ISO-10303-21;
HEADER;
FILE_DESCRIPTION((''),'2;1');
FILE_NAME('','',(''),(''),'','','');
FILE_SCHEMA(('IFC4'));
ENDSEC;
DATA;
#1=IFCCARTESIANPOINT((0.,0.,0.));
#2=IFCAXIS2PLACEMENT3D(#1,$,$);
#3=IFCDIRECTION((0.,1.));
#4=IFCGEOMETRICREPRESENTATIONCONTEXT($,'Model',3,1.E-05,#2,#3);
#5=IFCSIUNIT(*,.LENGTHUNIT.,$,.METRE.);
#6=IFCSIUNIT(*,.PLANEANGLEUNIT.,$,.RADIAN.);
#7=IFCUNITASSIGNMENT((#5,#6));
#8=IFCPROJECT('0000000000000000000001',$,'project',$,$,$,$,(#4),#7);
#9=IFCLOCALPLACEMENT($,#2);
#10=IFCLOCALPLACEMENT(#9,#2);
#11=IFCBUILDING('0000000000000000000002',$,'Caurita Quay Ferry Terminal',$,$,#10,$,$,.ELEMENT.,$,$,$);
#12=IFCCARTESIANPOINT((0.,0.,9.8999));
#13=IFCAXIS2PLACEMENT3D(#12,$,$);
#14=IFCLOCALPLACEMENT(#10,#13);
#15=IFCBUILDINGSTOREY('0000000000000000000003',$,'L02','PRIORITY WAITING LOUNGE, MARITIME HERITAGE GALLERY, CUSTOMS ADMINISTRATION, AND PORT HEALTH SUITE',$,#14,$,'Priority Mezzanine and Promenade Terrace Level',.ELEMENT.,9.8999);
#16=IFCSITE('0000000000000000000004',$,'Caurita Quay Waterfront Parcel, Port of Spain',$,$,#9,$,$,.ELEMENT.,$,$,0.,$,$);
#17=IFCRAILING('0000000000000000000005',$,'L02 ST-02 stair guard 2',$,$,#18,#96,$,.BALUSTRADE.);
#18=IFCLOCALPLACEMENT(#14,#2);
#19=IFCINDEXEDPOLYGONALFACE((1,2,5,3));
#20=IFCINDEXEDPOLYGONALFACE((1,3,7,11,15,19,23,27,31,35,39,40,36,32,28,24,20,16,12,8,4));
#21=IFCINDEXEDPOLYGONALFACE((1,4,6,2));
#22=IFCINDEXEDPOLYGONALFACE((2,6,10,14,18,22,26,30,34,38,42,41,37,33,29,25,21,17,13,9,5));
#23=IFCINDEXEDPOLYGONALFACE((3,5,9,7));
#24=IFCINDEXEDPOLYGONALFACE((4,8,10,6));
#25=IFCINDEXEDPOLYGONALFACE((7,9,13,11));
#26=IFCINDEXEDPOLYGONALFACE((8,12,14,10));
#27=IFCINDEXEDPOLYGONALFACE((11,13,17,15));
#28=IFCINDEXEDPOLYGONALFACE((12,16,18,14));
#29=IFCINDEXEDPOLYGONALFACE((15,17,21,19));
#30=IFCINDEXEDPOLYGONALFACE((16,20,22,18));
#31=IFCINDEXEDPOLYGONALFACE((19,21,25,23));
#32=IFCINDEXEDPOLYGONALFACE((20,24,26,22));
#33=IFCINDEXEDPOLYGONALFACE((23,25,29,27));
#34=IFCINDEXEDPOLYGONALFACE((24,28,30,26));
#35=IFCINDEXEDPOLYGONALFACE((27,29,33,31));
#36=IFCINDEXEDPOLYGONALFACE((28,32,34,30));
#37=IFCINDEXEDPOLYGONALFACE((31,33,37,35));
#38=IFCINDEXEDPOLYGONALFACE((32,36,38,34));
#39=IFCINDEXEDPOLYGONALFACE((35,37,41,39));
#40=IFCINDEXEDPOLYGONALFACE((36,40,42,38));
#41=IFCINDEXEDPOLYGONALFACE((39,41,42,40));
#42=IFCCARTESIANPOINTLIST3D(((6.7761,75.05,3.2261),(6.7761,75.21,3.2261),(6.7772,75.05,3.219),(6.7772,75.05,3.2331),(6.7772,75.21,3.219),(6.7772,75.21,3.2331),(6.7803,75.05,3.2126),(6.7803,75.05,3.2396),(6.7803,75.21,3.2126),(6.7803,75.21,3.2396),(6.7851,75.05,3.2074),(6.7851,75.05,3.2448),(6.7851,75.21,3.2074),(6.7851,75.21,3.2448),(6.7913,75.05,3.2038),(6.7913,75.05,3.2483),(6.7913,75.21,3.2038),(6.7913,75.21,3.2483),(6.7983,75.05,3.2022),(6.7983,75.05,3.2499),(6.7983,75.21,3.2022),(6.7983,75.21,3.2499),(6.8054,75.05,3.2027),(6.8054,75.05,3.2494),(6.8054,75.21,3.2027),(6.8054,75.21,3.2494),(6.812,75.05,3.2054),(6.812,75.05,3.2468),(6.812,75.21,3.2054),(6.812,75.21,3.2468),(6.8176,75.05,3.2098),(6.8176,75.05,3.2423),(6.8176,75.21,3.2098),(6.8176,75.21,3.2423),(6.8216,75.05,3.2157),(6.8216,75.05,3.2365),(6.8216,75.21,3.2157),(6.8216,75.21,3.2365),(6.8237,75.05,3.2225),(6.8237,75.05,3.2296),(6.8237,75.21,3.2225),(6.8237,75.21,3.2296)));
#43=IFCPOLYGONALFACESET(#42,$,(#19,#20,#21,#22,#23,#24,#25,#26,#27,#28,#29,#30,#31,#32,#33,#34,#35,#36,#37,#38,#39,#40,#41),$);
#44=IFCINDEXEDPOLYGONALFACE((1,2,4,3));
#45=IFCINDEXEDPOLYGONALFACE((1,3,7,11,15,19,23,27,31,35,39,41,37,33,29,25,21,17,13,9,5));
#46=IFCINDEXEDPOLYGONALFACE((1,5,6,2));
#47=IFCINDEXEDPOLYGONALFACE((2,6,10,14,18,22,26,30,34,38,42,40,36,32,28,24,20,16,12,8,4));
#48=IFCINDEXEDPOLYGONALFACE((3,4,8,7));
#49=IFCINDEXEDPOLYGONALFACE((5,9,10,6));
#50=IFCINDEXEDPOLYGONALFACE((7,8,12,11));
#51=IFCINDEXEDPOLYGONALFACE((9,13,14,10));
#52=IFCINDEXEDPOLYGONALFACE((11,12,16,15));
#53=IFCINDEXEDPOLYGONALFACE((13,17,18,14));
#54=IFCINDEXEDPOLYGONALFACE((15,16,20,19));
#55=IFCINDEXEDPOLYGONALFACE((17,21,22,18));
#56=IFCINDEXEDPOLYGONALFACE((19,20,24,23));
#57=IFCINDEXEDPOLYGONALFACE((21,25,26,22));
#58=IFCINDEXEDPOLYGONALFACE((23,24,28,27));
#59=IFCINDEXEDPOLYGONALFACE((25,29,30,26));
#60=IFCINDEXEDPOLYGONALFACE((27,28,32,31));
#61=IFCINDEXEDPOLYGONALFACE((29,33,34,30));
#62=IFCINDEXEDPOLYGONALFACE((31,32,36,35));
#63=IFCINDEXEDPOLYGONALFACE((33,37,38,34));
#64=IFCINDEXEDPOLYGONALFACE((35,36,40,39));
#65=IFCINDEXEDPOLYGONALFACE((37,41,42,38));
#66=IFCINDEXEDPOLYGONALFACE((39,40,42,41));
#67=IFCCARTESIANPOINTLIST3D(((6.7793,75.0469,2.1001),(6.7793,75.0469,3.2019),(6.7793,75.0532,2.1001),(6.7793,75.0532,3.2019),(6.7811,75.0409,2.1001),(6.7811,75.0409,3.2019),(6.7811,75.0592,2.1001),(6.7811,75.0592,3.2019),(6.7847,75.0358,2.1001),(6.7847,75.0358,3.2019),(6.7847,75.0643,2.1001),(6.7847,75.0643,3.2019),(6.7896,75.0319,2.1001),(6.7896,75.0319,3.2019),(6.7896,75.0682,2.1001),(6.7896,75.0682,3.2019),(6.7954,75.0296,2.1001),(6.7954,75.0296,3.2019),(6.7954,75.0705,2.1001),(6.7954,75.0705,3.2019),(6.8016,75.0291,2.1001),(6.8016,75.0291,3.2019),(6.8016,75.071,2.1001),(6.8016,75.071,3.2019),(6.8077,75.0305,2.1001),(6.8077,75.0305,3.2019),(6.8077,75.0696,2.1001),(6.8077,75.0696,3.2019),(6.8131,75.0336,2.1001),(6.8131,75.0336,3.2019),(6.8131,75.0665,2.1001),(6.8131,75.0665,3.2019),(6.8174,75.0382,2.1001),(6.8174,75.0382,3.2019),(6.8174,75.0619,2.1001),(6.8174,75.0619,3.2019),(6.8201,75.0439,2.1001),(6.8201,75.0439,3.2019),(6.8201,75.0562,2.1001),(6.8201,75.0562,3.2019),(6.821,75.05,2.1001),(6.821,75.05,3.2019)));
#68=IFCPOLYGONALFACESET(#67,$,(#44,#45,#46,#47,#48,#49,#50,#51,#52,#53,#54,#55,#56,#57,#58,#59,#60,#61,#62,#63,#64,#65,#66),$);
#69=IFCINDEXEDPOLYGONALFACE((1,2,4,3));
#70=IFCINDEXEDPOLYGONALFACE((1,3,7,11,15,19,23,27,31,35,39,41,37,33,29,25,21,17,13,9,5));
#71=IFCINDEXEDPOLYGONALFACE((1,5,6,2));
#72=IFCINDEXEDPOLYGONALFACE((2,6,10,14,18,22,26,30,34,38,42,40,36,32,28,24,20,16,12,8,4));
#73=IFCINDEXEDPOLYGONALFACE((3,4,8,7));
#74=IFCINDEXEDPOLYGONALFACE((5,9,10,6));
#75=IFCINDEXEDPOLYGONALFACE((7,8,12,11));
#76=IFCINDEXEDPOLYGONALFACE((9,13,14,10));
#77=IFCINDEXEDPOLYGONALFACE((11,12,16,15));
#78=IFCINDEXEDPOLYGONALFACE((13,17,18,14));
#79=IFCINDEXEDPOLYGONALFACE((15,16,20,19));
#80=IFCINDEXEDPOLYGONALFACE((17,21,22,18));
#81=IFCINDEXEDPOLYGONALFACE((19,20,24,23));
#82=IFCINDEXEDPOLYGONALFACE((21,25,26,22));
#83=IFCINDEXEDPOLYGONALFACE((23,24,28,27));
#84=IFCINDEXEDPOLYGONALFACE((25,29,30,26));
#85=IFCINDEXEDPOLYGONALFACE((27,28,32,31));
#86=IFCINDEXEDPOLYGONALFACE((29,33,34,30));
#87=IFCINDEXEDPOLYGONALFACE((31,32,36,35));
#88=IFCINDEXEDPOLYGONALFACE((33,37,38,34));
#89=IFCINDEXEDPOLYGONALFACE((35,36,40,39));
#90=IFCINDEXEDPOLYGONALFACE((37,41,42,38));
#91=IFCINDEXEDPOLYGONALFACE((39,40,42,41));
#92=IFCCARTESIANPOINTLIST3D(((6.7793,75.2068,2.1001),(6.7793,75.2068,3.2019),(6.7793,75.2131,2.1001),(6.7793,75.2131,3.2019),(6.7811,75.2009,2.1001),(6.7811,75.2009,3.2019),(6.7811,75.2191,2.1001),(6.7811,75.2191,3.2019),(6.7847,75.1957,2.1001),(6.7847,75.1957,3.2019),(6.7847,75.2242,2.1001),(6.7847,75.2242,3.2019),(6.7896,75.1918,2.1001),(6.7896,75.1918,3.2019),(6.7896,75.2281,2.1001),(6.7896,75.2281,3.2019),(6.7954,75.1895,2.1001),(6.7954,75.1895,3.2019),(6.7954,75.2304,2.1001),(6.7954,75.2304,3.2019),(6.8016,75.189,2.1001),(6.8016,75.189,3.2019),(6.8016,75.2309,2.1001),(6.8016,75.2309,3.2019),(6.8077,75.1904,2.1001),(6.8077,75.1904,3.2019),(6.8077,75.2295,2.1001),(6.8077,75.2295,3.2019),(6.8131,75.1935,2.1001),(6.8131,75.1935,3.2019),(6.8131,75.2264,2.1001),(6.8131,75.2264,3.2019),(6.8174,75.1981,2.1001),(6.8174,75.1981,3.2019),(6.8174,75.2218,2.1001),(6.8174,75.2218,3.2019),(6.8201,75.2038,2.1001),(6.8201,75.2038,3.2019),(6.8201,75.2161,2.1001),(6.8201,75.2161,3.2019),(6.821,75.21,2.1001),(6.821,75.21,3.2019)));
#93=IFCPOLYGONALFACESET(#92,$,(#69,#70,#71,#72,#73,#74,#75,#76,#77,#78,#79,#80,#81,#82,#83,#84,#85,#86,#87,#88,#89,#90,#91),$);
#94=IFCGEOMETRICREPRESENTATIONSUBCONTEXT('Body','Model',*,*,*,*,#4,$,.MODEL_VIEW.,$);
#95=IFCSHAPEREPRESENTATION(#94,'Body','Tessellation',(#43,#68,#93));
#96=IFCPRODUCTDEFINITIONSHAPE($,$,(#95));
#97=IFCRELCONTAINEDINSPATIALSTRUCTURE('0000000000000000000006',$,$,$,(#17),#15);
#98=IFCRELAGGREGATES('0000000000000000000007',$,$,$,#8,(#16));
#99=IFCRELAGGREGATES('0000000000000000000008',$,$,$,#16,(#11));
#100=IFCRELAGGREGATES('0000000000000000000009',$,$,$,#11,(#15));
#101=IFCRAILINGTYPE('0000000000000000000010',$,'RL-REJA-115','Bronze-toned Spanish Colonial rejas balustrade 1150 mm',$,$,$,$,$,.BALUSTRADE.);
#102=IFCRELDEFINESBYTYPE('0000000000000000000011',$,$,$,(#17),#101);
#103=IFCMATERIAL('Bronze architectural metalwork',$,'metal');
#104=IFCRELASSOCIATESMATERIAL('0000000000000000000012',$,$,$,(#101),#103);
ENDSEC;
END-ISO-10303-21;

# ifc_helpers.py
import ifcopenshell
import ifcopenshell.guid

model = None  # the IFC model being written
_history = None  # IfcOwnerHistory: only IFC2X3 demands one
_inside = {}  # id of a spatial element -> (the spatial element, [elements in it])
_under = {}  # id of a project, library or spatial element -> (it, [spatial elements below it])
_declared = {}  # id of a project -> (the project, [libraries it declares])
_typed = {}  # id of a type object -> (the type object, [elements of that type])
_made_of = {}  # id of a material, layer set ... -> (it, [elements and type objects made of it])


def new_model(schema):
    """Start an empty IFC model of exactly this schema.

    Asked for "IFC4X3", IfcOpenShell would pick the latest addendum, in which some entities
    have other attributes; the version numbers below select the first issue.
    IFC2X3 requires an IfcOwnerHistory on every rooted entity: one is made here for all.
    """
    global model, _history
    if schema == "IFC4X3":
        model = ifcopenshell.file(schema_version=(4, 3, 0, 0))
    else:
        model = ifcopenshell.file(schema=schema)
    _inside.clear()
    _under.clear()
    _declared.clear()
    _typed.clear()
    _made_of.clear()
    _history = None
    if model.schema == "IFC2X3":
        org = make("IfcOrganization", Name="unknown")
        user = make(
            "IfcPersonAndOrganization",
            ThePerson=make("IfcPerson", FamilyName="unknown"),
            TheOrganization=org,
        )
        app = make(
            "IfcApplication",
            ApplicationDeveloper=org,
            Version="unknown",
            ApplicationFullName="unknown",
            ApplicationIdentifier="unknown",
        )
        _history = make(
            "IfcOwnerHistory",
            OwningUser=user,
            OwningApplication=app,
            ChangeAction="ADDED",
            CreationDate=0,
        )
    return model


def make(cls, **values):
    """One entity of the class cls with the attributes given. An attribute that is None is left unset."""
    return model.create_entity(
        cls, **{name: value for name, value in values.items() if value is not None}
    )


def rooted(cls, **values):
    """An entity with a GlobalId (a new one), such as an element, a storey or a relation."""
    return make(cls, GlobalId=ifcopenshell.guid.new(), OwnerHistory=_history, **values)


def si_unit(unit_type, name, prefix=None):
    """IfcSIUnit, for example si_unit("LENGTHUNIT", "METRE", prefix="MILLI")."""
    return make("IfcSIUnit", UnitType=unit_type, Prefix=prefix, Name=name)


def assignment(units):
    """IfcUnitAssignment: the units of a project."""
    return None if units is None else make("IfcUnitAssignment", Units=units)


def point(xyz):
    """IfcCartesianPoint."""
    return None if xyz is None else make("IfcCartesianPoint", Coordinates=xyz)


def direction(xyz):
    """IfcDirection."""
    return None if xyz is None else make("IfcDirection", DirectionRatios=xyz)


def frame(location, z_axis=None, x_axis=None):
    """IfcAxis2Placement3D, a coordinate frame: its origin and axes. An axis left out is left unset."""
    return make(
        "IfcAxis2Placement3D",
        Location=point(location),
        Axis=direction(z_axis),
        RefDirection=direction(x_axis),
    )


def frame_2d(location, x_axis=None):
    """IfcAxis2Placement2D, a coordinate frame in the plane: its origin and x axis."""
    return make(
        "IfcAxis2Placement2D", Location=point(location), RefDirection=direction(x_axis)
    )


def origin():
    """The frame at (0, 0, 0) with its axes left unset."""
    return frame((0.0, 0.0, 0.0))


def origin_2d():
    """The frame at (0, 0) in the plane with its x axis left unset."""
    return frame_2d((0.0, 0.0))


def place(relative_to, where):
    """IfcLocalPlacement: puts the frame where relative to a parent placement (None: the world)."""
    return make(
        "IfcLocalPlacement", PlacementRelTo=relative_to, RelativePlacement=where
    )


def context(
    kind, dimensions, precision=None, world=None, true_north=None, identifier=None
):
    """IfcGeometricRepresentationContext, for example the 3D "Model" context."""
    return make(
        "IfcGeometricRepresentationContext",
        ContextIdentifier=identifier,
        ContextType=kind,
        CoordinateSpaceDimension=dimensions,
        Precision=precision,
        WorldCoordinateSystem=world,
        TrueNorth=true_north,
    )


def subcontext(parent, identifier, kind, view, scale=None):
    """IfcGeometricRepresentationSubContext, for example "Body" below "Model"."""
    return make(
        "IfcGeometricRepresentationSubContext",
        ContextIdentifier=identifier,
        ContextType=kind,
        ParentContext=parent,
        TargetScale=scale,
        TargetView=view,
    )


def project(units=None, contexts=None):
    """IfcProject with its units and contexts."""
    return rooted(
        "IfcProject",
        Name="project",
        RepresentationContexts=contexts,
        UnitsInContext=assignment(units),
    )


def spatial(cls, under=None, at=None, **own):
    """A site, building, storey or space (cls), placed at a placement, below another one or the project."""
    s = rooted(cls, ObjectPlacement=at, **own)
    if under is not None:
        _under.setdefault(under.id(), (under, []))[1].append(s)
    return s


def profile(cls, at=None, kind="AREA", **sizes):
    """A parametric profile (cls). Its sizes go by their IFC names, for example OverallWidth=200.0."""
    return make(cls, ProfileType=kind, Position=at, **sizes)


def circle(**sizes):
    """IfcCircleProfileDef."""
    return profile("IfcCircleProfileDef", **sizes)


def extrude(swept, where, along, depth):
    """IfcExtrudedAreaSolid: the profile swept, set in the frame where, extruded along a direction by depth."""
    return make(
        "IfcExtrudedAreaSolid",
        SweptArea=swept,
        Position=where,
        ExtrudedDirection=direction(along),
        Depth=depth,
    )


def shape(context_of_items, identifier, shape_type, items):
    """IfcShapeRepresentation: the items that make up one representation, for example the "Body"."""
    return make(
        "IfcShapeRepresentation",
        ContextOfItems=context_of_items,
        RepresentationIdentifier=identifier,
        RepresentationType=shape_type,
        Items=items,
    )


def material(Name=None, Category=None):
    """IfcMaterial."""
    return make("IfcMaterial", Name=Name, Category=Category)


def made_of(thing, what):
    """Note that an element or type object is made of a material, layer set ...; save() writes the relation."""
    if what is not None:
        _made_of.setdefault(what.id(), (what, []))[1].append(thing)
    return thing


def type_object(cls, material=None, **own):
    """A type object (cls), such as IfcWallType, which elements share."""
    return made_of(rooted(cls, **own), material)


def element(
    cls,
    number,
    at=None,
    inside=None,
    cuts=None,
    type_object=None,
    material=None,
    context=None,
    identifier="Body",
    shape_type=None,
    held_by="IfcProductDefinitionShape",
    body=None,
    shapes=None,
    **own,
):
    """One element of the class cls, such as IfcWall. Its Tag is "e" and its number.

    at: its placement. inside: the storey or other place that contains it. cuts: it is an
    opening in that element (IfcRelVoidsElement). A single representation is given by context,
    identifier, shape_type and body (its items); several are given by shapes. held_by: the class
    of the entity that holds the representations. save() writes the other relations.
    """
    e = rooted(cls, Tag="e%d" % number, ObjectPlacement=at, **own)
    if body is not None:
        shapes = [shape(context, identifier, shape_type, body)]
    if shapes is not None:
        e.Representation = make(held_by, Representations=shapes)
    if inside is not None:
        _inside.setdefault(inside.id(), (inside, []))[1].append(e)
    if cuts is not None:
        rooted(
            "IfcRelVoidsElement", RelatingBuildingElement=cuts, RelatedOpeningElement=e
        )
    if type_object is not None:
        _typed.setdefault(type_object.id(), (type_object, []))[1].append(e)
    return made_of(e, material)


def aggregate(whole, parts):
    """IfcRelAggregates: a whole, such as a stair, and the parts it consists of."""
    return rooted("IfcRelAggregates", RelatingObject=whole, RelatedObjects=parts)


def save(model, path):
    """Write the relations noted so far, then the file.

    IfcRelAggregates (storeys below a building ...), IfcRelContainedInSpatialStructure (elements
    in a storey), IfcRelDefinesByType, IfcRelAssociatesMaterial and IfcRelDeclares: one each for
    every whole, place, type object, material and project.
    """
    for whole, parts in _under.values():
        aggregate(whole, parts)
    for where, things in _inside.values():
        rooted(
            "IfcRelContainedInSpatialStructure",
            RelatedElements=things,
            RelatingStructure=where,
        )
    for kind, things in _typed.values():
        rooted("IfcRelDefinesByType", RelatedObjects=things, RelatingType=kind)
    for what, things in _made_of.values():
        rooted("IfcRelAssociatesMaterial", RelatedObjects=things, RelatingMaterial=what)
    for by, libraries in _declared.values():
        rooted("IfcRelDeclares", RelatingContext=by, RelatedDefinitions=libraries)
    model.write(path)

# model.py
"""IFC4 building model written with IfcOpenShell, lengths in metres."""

from ifc_helpers import new_model, si_unit, direction, frame, origin, origin_2d, place, context, subcontext, project, spatial, circle, extrude, material, type_object, element, save


model = new_model("IFC4")

# Units and contexts
model_context = context("Model", 3, precision=1e-05, world=origin(), true_north=direction((0.0, 1.0)))
body_context = subcontext(model_context, "Body", "Model", "MODEL_VIEW")
ifc_project = project(units=[si_unit("LENGTHUNIT", "METRE"), si_unit("PLANEANGLEUNIT", "RADIAN")], contexts=[model_context])

# Site, building, storey
site_placement = place(None, origin())
site = spatial("IfcSite", under=ifc_project, at=site_placement, Name="Caurita Quay Waterfront Parcel, Port of Spain", CompositionType="ELEMENT", RefElevation=0.0)
building_placement = place(site_placement, origin())
building = spatial("IfcBuilding", under=site, at=building_placement, Name="Caurita Quay Ferry Terminal", CompositionType="ELEMENT")
storey_placement = place(building_placement, frame((0.0, 0.0, 9.8999)))
storey = spatial("IfcBuildingStorey", under=building, at=storey_placement, Name="L02", Description="PRIORITY WAITING LOUNGE, MARITIME HERITAGE GALLERY, CUSTOMS ADMINISTRATION, AND PORT HEALTH SUITE", LongName="Priority Mezzanine and Promenade Terrace Level", CompositionType="ELEMENT", Elevation=9.8999)

# Railing
ifc_material_1 = material(Name="Bronze architectural metalwork", Category="metal")
railing_type_1 = type_object("IfcRailingType", Name="RL-REJA-115", Description="Bronze-toned Spanish Colonial rejas balustrade 1150 mm", PredefinedType="BALUSTRADE", material=ifc_material_1)
railing_1_placement = place(storey_placement, frame((6.8, 75.05, 2.1001)))
element("IfcRailing", 1, at=railing_1_placement, inside=storey, type_object=railing_type_1, Name="L02 ST-02 stair guard 2", PredefinedType="BALUSTRADE", context=body_context, shape_type="SweptSolid", body=[
    extrude(circle(Radius=0.0239, at=origin_2d()), frame((0.0, 0.0, 1.126), z_axis=(0.0, 1.0, 0.0), x_axis=(-1.0, 0.0, 0.0)), (0.0, 0.0, 1.0), 0.1599),
    extrude(circle(Radius=0.021, at=origin_2d()), origin(), (0.0, 0.0, 1.0), 1.1018),
    extrude(circle(Radius=0.021, at=origin_2d()), frame((0.0, 0.1599, 0.0)), (0.0, 0.0, 1.0), 1.1018),
])

save(model, "model.ifc")
